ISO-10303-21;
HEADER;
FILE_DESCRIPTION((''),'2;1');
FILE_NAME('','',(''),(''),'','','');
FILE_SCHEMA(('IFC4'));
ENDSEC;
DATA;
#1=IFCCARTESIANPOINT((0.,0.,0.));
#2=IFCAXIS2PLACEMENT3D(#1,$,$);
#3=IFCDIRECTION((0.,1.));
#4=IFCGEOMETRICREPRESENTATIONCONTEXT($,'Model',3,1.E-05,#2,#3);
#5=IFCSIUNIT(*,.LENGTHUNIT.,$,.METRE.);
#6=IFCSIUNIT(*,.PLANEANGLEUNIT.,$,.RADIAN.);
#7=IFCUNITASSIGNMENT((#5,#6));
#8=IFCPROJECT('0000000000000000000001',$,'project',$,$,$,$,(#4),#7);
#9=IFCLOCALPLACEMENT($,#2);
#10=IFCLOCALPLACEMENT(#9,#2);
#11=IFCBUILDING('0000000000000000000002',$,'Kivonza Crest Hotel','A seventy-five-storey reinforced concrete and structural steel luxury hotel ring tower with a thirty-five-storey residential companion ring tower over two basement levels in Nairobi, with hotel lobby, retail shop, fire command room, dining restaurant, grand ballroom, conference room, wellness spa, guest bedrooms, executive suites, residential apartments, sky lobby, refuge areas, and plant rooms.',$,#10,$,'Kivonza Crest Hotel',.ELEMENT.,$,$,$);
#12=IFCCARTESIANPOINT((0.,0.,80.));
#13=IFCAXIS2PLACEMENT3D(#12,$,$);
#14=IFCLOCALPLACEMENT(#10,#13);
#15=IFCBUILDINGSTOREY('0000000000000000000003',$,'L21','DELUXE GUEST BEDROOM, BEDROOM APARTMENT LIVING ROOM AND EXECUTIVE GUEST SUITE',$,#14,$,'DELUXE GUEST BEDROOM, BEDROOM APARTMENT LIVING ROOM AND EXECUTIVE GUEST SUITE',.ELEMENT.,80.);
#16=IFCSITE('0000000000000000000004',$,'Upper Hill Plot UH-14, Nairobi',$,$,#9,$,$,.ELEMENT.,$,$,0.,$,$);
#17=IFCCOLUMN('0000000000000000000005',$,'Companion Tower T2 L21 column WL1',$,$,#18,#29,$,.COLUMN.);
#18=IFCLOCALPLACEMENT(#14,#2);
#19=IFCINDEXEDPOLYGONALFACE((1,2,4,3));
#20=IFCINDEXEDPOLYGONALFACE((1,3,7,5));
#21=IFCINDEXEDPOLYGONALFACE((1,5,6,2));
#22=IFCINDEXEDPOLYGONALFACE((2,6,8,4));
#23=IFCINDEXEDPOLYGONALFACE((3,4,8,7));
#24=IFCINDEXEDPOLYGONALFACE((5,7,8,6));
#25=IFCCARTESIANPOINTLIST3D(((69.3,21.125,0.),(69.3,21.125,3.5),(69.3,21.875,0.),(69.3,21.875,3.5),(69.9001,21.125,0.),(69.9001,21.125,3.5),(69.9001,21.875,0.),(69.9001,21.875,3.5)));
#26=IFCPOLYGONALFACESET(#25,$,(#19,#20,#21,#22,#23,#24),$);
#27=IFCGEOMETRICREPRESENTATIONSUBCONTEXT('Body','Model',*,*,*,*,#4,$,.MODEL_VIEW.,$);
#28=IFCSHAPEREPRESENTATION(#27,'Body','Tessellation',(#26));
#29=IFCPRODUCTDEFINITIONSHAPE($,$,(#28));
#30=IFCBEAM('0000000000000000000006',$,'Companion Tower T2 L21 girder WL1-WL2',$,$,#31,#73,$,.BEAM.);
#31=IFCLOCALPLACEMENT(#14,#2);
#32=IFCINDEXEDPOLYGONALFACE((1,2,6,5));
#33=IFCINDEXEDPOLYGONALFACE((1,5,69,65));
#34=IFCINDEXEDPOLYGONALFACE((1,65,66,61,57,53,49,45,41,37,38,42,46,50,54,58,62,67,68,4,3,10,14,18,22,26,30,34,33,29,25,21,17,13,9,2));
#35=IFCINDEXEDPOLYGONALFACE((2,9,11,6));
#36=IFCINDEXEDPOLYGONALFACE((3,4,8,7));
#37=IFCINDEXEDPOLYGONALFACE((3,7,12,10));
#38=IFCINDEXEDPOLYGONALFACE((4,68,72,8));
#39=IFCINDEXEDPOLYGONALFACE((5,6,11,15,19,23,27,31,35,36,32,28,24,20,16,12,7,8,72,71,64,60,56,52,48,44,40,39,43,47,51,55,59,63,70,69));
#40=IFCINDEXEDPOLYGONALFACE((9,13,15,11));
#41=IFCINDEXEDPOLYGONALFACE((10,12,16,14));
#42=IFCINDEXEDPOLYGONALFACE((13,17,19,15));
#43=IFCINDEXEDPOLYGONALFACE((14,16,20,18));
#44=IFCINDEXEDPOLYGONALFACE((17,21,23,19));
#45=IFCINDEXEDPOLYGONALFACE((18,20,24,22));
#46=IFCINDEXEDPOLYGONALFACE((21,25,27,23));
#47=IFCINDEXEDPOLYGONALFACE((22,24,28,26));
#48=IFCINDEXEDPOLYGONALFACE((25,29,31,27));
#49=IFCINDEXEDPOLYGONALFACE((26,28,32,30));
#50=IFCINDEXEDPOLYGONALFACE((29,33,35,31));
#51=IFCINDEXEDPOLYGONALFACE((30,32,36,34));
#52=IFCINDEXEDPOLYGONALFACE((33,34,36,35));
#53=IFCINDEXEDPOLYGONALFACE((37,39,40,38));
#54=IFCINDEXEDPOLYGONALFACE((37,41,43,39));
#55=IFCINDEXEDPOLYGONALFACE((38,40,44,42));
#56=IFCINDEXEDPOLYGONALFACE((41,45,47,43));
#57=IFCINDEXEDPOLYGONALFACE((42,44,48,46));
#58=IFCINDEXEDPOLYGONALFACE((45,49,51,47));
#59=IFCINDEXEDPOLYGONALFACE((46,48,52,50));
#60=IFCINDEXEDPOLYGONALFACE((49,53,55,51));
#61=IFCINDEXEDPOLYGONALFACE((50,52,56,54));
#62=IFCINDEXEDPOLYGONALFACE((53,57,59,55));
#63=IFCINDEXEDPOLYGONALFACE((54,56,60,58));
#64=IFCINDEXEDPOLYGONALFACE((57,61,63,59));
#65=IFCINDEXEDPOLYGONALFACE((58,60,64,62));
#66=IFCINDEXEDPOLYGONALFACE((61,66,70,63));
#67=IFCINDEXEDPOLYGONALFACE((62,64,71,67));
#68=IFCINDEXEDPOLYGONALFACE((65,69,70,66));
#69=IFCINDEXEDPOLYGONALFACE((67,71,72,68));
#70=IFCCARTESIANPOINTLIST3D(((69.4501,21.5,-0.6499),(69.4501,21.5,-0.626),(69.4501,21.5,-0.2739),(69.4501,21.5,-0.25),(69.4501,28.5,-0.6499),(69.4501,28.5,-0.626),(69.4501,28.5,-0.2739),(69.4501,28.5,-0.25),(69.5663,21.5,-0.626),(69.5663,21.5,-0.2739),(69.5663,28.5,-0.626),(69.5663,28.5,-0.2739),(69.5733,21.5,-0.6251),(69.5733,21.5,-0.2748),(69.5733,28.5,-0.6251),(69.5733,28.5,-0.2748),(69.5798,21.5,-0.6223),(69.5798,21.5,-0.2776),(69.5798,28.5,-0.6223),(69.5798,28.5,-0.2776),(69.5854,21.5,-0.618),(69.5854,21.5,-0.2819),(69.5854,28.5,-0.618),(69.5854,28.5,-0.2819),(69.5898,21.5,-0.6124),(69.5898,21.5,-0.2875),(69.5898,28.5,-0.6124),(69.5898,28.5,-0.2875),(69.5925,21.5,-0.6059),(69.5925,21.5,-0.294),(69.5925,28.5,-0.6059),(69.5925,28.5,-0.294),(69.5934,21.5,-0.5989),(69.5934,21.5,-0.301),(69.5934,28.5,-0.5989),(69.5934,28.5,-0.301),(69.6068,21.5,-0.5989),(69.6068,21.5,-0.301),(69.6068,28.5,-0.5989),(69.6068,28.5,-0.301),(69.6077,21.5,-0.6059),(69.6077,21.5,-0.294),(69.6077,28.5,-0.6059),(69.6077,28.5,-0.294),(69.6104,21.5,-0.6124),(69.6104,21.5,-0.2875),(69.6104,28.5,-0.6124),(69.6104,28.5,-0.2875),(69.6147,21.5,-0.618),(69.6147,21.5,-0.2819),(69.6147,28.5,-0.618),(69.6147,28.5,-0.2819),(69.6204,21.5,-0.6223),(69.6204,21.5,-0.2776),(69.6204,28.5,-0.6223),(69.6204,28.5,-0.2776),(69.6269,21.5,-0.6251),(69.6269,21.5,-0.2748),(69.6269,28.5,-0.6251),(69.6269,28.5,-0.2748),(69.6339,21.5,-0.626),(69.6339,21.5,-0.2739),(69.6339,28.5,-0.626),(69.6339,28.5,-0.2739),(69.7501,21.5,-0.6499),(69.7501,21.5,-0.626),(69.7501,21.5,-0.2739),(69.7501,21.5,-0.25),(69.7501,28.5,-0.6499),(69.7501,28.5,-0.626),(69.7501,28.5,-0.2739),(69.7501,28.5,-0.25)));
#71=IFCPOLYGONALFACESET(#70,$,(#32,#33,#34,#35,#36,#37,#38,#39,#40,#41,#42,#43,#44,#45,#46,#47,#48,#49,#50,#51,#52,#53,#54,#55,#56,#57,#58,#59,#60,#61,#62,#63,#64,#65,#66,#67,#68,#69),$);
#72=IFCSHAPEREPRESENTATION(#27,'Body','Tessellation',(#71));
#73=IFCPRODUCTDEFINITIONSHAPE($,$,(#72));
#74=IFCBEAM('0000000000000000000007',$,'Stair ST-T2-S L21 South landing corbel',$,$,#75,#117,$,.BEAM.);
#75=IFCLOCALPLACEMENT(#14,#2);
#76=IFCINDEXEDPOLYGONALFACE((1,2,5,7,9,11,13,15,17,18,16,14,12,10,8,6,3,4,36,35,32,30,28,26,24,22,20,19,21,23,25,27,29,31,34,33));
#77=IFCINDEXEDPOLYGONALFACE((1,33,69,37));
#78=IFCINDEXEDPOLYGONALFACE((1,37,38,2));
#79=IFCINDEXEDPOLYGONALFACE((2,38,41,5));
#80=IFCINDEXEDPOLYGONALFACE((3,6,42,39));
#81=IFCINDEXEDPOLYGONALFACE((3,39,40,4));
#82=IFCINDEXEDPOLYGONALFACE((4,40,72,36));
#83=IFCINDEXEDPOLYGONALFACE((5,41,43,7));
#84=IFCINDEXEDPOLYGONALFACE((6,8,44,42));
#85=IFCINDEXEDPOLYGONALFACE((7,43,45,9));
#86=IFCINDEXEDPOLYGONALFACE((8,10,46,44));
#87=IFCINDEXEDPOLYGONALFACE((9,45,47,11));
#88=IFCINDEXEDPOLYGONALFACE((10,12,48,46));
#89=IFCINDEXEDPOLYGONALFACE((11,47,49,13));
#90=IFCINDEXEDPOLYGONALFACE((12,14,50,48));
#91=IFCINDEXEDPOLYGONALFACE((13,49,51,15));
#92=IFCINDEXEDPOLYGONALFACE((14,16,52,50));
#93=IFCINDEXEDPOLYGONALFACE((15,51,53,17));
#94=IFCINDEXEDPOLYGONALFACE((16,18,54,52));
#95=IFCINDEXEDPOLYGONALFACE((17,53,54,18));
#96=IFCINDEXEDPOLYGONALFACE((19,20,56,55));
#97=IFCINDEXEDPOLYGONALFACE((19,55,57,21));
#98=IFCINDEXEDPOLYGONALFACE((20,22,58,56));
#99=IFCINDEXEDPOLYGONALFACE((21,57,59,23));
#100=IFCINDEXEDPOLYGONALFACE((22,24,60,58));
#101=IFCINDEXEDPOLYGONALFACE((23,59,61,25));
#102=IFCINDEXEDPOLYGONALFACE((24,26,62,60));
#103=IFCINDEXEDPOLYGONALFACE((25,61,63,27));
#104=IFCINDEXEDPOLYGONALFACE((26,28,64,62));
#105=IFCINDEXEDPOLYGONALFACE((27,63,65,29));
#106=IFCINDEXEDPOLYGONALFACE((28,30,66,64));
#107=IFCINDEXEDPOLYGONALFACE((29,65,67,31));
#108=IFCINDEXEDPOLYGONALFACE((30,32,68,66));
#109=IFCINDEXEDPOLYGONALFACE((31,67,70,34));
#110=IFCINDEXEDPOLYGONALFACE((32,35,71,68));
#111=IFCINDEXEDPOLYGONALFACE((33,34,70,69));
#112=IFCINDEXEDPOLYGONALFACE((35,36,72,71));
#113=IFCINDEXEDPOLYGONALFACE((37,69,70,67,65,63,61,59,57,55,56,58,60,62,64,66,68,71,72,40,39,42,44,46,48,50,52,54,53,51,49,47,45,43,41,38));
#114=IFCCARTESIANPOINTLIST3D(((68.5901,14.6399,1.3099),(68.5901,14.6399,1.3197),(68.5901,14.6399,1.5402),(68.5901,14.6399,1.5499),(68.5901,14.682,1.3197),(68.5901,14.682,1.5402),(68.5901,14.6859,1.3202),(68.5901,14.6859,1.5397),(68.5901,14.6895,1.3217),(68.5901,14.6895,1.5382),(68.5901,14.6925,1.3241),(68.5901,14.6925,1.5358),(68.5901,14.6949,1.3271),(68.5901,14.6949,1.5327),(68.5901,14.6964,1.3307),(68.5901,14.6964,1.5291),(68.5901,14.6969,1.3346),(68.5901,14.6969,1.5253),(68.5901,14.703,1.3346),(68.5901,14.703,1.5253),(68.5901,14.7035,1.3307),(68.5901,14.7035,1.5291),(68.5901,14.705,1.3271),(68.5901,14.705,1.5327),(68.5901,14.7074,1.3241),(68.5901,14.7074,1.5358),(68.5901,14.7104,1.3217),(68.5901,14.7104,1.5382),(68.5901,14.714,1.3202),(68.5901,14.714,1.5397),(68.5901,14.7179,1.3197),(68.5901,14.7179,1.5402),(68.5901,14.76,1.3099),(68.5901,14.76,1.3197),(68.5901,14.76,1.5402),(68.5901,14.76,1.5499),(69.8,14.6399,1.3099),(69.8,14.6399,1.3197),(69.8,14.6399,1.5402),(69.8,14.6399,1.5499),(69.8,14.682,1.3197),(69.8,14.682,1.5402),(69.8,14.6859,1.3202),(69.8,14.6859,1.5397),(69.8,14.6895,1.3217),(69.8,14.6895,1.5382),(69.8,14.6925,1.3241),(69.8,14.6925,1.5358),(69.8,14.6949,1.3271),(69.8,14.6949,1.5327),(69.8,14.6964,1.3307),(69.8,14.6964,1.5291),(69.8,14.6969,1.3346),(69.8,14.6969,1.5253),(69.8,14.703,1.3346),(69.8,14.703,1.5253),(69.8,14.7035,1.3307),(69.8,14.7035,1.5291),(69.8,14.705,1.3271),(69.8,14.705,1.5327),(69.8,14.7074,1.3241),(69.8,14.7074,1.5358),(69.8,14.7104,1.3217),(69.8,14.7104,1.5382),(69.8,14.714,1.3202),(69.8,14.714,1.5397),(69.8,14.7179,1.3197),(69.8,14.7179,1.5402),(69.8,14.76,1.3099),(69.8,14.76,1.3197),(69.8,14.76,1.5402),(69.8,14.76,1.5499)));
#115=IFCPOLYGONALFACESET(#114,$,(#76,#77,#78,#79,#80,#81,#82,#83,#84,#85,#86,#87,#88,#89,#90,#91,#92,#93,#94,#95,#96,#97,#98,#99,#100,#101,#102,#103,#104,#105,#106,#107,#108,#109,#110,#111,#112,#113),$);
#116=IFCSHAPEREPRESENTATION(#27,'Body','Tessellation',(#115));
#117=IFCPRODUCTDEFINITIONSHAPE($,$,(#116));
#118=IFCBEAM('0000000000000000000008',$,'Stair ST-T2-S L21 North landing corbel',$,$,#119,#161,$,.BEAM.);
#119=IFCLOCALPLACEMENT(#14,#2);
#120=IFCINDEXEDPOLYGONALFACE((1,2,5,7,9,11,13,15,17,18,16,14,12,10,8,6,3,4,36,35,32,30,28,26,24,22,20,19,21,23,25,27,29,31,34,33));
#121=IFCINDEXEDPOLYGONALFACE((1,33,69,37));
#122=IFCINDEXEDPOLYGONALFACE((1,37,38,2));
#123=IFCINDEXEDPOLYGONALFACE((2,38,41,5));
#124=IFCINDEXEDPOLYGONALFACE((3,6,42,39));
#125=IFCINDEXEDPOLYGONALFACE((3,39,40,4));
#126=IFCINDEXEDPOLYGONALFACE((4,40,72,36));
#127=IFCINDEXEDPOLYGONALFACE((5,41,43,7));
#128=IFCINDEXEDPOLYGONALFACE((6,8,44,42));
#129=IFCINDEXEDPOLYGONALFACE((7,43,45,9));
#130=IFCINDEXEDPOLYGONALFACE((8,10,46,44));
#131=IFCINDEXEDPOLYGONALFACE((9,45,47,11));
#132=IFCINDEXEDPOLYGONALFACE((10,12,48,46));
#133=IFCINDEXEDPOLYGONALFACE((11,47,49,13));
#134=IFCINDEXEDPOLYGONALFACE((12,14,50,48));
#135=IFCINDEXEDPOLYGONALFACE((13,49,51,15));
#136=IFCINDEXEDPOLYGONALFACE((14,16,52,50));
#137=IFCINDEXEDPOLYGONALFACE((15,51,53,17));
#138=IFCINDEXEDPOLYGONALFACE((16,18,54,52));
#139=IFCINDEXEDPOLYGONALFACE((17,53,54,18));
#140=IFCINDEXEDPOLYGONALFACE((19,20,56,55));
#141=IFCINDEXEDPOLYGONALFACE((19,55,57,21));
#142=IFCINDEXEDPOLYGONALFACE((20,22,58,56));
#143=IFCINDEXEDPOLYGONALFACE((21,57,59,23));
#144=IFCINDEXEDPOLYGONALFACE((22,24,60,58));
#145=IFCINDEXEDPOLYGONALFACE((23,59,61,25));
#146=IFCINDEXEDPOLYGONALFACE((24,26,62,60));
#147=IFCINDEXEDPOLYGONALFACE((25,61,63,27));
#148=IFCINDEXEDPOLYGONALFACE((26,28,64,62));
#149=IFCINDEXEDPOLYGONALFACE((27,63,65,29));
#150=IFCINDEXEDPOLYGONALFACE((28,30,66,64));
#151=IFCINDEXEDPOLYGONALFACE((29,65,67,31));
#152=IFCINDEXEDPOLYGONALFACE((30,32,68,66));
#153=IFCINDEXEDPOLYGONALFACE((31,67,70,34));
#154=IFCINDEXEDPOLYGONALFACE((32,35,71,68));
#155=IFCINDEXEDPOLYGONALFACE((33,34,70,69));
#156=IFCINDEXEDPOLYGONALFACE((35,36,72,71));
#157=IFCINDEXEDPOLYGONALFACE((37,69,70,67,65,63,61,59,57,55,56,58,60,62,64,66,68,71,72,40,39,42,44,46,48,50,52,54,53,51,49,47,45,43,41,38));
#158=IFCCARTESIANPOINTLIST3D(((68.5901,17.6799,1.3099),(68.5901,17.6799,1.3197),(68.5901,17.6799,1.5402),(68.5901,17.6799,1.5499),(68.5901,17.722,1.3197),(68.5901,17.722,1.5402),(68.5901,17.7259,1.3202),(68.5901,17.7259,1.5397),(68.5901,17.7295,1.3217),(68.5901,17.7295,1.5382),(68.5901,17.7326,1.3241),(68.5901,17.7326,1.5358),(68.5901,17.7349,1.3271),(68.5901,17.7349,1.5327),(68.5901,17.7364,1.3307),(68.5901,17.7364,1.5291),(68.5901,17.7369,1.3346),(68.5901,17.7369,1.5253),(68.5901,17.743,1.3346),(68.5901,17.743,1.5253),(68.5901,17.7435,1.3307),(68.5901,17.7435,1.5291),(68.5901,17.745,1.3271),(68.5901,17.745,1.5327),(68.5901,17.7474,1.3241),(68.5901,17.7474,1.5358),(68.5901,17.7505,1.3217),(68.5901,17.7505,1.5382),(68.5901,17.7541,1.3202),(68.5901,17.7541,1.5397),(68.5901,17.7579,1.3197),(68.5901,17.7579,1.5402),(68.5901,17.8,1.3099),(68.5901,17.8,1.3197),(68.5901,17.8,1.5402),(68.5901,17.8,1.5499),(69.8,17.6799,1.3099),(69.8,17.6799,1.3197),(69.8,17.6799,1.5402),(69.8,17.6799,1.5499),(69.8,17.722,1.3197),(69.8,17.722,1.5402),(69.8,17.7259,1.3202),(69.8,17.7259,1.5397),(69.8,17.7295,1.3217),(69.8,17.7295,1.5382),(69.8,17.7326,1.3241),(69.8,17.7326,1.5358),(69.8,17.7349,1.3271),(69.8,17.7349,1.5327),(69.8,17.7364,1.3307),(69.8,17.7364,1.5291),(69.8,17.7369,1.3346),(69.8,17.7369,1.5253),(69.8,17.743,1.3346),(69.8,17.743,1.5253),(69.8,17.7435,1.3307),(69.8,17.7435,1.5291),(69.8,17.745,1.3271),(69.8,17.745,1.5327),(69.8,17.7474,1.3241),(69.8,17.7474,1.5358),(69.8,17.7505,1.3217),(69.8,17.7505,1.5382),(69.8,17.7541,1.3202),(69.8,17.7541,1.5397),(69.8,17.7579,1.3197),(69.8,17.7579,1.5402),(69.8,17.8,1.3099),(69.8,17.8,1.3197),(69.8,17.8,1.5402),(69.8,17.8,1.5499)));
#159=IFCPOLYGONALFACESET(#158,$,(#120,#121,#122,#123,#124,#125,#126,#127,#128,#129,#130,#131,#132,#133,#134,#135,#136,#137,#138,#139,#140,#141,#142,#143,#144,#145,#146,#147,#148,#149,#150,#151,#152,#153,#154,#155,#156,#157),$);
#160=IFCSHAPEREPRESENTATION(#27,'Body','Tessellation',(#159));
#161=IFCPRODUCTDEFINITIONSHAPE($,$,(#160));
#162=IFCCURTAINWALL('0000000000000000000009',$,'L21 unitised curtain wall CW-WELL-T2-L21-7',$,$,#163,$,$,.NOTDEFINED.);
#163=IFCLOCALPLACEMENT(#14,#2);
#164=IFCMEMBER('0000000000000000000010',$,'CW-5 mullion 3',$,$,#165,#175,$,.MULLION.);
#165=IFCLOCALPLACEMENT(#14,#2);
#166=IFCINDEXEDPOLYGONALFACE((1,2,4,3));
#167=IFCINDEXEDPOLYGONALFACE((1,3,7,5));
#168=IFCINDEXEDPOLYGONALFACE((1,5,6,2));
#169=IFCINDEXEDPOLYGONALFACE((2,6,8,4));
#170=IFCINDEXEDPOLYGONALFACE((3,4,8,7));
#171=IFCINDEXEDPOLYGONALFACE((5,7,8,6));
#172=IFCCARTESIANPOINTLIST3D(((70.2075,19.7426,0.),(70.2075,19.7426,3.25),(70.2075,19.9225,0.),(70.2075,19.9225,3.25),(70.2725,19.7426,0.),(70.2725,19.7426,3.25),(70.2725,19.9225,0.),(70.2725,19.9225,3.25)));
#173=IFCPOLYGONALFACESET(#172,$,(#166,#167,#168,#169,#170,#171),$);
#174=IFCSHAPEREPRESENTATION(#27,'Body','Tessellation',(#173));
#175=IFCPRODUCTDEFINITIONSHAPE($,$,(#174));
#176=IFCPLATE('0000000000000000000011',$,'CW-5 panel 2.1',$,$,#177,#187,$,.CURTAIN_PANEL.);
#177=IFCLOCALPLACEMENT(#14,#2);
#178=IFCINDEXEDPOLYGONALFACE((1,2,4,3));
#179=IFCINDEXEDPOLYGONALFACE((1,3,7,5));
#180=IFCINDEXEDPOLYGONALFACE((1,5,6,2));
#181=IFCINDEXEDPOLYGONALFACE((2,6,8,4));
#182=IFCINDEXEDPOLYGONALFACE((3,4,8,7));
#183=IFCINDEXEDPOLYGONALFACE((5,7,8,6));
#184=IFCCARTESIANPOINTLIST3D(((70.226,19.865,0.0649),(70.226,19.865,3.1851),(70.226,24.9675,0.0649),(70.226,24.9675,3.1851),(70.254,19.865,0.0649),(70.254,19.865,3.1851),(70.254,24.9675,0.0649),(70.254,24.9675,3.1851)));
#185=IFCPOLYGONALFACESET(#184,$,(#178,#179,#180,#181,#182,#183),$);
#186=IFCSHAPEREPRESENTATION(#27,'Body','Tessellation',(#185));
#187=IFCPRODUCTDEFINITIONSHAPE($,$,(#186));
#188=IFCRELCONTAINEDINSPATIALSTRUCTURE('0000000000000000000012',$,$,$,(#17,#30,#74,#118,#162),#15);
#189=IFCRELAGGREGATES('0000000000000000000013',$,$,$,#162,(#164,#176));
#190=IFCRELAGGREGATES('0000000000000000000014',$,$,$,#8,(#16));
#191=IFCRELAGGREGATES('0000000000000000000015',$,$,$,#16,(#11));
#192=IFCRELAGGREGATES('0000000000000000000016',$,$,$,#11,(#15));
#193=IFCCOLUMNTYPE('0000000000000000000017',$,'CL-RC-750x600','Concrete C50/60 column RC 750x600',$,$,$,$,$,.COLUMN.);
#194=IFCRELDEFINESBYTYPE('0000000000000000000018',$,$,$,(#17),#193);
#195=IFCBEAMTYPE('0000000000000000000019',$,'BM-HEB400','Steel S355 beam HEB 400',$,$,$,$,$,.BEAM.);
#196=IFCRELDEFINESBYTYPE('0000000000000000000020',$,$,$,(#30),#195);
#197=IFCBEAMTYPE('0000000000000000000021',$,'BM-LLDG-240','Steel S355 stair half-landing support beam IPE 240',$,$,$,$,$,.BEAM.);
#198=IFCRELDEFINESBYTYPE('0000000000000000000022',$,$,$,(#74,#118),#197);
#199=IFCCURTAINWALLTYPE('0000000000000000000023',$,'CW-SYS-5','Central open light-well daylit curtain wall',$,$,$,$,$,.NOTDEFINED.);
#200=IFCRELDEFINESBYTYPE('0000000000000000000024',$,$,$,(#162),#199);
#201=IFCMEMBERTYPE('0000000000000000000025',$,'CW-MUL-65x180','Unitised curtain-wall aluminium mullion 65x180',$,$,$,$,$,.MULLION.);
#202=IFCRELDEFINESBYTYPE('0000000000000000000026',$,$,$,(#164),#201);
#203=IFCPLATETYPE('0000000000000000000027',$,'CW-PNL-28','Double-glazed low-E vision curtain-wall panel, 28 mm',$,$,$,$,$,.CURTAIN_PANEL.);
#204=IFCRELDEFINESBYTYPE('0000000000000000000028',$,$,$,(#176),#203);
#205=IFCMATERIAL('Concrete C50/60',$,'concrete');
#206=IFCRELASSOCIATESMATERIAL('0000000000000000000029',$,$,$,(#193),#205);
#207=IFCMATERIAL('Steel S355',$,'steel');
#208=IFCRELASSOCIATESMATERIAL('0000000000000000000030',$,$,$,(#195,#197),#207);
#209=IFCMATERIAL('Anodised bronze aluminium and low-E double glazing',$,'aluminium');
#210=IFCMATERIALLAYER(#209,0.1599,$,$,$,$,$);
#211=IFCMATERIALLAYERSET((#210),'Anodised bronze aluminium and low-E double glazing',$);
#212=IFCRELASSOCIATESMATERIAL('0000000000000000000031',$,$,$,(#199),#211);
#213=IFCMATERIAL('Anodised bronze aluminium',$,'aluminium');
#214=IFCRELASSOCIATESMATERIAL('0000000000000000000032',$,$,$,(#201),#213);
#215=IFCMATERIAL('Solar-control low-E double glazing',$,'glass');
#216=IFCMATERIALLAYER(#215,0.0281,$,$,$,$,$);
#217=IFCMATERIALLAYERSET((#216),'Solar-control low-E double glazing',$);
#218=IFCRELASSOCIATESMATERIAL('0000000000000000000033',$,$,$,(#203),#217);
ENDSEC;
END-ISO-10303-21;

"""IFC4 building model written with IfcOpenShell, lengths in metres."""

from ifc_helpers import new_model, si_unit, direction, frame, origin, origin_2d, place, context, subcontext, project, spatial, rectangle, i_section, extrude, material, layer, layer_set, material_profile, profile_set, type_object, element, aggregate, save


model = new_model("IFC4")

# Units and contexts
model_context = context("Model", 3, precision=1e-05, world=origin(), true_north=direction((0.0, 1.0)))
body_context = subcontext(model_context, "Body", "Model", "MODEL_VIEW")
ifc_project = project(units=[si_unit("LENGTHUNIT", "METRE"), si_unit("PLANEANGLEUNIT", "RADIAN")], contexts=[model_context])

# Site, building, storey
site_placement = place(None, origin())
site = spatial("IfcSite", under=ifc_project, at=site_placement, Name="Upper Hill Plot UH-14, Nairobi", CompositionType="ELEMENT", RefElevation=0.0)
building_placement = place(site_placement, origin())
building = spatial("IfcBuilding", under=site, at=building_placement, Name="Kivonza Crest Hotel", Description="A seventy-five-storey reinforced concrete and structural steel luxury hotel ring tower with a thirty-five-storey residential companion ring tower over two basement levels in Nairobi, with hotel lobby, retail shop, fire command room, dining restaurant, grand ballroom, conference room, wellness spa, guest bedrooms, executive suites, residential apartments, sky lobby, refuge areas, and plant rooms.", LongName="Kivonza Crest Hotel", CompositionType="ELEMENT")
storey_placement = place(building_placement, frame((0.0, 0.0, 80.0)))
storey = spatial("IfcBuildingStorey", under=building, at=storey_placement, Name="L21", Description="DELUXE GUEST BEDROOM, BEDROOM APARTMENT LIVING ROOM AND EXECUTIVE GUEST SUITE", LongName="DELUXE GUEST BEDROOM, BEDROOM APARTMENT LIVING ROOM AND EXECUTIVE GUEST SUITE", CompositionType="ELEMENT", Elevation=80.0)

# Column
ifc_material_1 = material(Name="Concrete C50/60", Category="concrete")
ifc_material_profile_1 = material_profile(ifc_material_1, rectangle(XDim=0.6001, YDim=0.75, at=origin_2d()), Name="RC 750x600")
ifc_profile_set_1 = profile_set([ifc_material_profile_1], Name="Concrete C50/60")
column_type = type_object("IfcColumnType", Name="CL-RC-750x600", Description="Concrete C50/60 column RC 750x600", PredefinedType="COLUMN", material=ifc_profile_set_1)
column_placement = place(storey_placement, frame((69.6001, 21.5, 0.0), z_axis=(0.0, 0.0, 1.0), x_axis=(1.0, 0.0, 0.0)))
element("IfcColumn", 1, at=column_placement, inside=storey, type_object=column_type, Name="Companion Tower T2 L21 column WL1", PredefinedType="COLUMN", context=body_context, shape_type="SweptSolid", body=[
    extrude(rectangle(XDim=0.6001, YDim=0.75, at=origin_2d()), origin(), (0.0, 0.0, 1.0), 3.5),
])

# Beams
ifc_material_2 = material(Name="Steel S355", Category="steel")
ifc_material_profile_2 = material_profile(ifc_material_2, i_section(OverallWidth=0.3, OverallDepth=0.3999, WebThickness=0.0134, FlangeThickness=0.0239, FilletRadius=0.0271, at=origin_2d()), Name="HEB 400")
ifc_profile_set_2 = profile_set([ifc_material_profile_2], Name="Steel S355")
beam_type_1 = type_object("IfcBeamType", Name="BM-HEB400", Description="Steel S355 beam HEB 400", PredefinedType="BEAM", material=ifc_profile_set_2)
beam_placement = place(storey_placement, frame((69.6001, 21.5, -0.45), z_axis=(0.0, 1.0, 0.0), x_axis=(-1.0, 0.0, 0.0)))
element("IfcBeam", 2, at=beam_placement, inside=storey, type_object=beam_type_1, Name="Companion Tower T2 L21 girder WL1-WL2", PredefinedType="BEAM", context=body_context, shape_type="SweptSolid", body=[
    extrude(i_section(OverallWidth=0.3, OverallDepth=0.3999, WebThickness=0.0134, FlangeThickness=0.0239, FilletRadius=0.0271, at=origin_2d()), origin(), (0.0, 0.0, 1.0), 7.0),
])
ifc_material_profile_3 = material_profile(ifc_material_2, i_section(OverallWidth=0.1201, OverallDepth=0.24, WebThickness=0.0061, FlangeThickness=0.0098, FilletRadius=0.0149, at=origin_2d()), Name="IPE 240")
ifc_profile_set_3 = profile_set([ifc_material_profile_3], Name="Steel S355")
beam_type_2 = type_object("IfcBeamType", Name="BM-LLDG-240", Description="Steel S355 stair half-landing support beam IPE 240", PredefinedType="BEAM", material=ifc_profile_set_3)
for number, where, z_axis, x_axis, name in (
    (3, (68.5901, 14.7, 1.4299), (1.0, 0.0, 0.0), (0.0, 1.0, 0.0), "Stair ST-T2-S L21 South landing corbel"),
    (4, (68.5901, 17.74, 1.4299), (1.0, 0.0, 0.0), (0.0, 1.0, 0.0), "Stair ST-T2-S L21 North landing corbel"),
):
    element("IfcBeam", number, at=place(storey_placement, frame(where, z_axis=z_axis, x_axis=x_axis)), inside=storey, type_object=beam_type_2, Name=name, PredefinedType="BEAM", context=body_context, shape_type="SweptSolid", body=[
        extrude(i_section(OverallWidth=0.1201, OverallDepth=0.24, WebThickness=0.0061, FlangeThickness=0.0098, FilletRadius=0.0149, at=origin_2d()), origin(), (0.0, 0.0, 1.0), 1.21),
    ])

# Curtain wall, member, plate
ifc_material_3 = material(Name="Anodised bronze aluminium and low-E double glazing", Category="aluminium")
ifc_layer_1 = layer(ifc_material_3, 0.1599)
ifc_layer_set_1 = layer_set([ifc_layer_1], Name="Anodised bronze aluminium and low-E double glazing")
curtain_wall_type = type_object("IfcCurtainWallType", Name="CW-SYS-5", Description="Central open light-well daylit curtain wall", PredefinedType="NOTDEFINED", material=ifc_layer_set_1)
curtain_wall_placement = place(storey_placement, origin())
curtain_wall = element("IfcCurtainWall", 5, at=curtain_wall_placement, inside=storey, type_object=curtain_wall_type, Name="L21 unitised curtain wall CW-WELL-T2-L21-7", PredefinedType="NOTDEFINED")
ifc_material_4 = material(Name="Anodised bronze aluminium", Category="aluminium")
ifc_material_profile_4 = material_profile(ifc_material_4, rectangle(XDim=0.0649, YDim=0.1799, at=origin_2d()), Name="CW-M 65x180")
ifc_profile_set_4 = profile_set([ifc_material_profile_4], Name="Anodised bronze aluminium")
member_type = type_object("IfcMemberType", Name="CW-MUL-65x180", Description="Unitised curtain-wall aluminium mullion 65x180", PredefinedType="MULLION", material=ifc_profile_set_4)
member_placement = place(storey_placement, frame((70.24, 19.8325, 0.0), z_axis=(0.0, 0.0, 1.0), x_axis=(1.0, 0.0, 0.0)))
member = element("IfcMember", 6, at=member_placement, type_object=member_type, Name="CW-5 mullion 3", PredefinedType="MULLION", context=body_context, shape_type="SweptSolid", body=[
    extrude(rectangle(XDim=0.0649, YDim=0.1799, at=origin_2d()), origin(), (0.0, 0.0, 1.0), 3.25),
])
ifc_material_5 = material(Name="Solar-control low-E double glazing", Category="glass")
ifc_layer_2 = layer(ifc_material_5, 0.0281)
ifc_layer_set_2 = layer_set([ifc_layer_2], Name="Solar-control low-E double glazing")
plate_type = type_object("IfcPlateType", Name="CW-PNL-28", Description="Double-glazed low-E vision curtain-wall panel, 28 mm", PredefinedType="CURTAIN_PANEL", material=ifc_layer_set_2)
plate_placement = place(storey_placement, frame((70.24, 22.4163, 0.0649), z_axis=(0.0, 0.0, 1.0), x_axis=(0.0, -1.0, 0.0)))
plate = element("IfcPlate", 7, at=plate_placement, type_object=plate_type, Name="CW-5 panel 2.1", PredefinedType="CURTAIN_PANEL", context=body_context, shape_type="SweptSolid", body=[
    extrude(rectangle(XDim=5.1025, YDim=0.0281, at=origin_2d()), origin(), (0.0, 0.0, 1.0), 3.1201),
])
aggregate(curtain_wall, [member, plate])

save(model, "model.ifc")
